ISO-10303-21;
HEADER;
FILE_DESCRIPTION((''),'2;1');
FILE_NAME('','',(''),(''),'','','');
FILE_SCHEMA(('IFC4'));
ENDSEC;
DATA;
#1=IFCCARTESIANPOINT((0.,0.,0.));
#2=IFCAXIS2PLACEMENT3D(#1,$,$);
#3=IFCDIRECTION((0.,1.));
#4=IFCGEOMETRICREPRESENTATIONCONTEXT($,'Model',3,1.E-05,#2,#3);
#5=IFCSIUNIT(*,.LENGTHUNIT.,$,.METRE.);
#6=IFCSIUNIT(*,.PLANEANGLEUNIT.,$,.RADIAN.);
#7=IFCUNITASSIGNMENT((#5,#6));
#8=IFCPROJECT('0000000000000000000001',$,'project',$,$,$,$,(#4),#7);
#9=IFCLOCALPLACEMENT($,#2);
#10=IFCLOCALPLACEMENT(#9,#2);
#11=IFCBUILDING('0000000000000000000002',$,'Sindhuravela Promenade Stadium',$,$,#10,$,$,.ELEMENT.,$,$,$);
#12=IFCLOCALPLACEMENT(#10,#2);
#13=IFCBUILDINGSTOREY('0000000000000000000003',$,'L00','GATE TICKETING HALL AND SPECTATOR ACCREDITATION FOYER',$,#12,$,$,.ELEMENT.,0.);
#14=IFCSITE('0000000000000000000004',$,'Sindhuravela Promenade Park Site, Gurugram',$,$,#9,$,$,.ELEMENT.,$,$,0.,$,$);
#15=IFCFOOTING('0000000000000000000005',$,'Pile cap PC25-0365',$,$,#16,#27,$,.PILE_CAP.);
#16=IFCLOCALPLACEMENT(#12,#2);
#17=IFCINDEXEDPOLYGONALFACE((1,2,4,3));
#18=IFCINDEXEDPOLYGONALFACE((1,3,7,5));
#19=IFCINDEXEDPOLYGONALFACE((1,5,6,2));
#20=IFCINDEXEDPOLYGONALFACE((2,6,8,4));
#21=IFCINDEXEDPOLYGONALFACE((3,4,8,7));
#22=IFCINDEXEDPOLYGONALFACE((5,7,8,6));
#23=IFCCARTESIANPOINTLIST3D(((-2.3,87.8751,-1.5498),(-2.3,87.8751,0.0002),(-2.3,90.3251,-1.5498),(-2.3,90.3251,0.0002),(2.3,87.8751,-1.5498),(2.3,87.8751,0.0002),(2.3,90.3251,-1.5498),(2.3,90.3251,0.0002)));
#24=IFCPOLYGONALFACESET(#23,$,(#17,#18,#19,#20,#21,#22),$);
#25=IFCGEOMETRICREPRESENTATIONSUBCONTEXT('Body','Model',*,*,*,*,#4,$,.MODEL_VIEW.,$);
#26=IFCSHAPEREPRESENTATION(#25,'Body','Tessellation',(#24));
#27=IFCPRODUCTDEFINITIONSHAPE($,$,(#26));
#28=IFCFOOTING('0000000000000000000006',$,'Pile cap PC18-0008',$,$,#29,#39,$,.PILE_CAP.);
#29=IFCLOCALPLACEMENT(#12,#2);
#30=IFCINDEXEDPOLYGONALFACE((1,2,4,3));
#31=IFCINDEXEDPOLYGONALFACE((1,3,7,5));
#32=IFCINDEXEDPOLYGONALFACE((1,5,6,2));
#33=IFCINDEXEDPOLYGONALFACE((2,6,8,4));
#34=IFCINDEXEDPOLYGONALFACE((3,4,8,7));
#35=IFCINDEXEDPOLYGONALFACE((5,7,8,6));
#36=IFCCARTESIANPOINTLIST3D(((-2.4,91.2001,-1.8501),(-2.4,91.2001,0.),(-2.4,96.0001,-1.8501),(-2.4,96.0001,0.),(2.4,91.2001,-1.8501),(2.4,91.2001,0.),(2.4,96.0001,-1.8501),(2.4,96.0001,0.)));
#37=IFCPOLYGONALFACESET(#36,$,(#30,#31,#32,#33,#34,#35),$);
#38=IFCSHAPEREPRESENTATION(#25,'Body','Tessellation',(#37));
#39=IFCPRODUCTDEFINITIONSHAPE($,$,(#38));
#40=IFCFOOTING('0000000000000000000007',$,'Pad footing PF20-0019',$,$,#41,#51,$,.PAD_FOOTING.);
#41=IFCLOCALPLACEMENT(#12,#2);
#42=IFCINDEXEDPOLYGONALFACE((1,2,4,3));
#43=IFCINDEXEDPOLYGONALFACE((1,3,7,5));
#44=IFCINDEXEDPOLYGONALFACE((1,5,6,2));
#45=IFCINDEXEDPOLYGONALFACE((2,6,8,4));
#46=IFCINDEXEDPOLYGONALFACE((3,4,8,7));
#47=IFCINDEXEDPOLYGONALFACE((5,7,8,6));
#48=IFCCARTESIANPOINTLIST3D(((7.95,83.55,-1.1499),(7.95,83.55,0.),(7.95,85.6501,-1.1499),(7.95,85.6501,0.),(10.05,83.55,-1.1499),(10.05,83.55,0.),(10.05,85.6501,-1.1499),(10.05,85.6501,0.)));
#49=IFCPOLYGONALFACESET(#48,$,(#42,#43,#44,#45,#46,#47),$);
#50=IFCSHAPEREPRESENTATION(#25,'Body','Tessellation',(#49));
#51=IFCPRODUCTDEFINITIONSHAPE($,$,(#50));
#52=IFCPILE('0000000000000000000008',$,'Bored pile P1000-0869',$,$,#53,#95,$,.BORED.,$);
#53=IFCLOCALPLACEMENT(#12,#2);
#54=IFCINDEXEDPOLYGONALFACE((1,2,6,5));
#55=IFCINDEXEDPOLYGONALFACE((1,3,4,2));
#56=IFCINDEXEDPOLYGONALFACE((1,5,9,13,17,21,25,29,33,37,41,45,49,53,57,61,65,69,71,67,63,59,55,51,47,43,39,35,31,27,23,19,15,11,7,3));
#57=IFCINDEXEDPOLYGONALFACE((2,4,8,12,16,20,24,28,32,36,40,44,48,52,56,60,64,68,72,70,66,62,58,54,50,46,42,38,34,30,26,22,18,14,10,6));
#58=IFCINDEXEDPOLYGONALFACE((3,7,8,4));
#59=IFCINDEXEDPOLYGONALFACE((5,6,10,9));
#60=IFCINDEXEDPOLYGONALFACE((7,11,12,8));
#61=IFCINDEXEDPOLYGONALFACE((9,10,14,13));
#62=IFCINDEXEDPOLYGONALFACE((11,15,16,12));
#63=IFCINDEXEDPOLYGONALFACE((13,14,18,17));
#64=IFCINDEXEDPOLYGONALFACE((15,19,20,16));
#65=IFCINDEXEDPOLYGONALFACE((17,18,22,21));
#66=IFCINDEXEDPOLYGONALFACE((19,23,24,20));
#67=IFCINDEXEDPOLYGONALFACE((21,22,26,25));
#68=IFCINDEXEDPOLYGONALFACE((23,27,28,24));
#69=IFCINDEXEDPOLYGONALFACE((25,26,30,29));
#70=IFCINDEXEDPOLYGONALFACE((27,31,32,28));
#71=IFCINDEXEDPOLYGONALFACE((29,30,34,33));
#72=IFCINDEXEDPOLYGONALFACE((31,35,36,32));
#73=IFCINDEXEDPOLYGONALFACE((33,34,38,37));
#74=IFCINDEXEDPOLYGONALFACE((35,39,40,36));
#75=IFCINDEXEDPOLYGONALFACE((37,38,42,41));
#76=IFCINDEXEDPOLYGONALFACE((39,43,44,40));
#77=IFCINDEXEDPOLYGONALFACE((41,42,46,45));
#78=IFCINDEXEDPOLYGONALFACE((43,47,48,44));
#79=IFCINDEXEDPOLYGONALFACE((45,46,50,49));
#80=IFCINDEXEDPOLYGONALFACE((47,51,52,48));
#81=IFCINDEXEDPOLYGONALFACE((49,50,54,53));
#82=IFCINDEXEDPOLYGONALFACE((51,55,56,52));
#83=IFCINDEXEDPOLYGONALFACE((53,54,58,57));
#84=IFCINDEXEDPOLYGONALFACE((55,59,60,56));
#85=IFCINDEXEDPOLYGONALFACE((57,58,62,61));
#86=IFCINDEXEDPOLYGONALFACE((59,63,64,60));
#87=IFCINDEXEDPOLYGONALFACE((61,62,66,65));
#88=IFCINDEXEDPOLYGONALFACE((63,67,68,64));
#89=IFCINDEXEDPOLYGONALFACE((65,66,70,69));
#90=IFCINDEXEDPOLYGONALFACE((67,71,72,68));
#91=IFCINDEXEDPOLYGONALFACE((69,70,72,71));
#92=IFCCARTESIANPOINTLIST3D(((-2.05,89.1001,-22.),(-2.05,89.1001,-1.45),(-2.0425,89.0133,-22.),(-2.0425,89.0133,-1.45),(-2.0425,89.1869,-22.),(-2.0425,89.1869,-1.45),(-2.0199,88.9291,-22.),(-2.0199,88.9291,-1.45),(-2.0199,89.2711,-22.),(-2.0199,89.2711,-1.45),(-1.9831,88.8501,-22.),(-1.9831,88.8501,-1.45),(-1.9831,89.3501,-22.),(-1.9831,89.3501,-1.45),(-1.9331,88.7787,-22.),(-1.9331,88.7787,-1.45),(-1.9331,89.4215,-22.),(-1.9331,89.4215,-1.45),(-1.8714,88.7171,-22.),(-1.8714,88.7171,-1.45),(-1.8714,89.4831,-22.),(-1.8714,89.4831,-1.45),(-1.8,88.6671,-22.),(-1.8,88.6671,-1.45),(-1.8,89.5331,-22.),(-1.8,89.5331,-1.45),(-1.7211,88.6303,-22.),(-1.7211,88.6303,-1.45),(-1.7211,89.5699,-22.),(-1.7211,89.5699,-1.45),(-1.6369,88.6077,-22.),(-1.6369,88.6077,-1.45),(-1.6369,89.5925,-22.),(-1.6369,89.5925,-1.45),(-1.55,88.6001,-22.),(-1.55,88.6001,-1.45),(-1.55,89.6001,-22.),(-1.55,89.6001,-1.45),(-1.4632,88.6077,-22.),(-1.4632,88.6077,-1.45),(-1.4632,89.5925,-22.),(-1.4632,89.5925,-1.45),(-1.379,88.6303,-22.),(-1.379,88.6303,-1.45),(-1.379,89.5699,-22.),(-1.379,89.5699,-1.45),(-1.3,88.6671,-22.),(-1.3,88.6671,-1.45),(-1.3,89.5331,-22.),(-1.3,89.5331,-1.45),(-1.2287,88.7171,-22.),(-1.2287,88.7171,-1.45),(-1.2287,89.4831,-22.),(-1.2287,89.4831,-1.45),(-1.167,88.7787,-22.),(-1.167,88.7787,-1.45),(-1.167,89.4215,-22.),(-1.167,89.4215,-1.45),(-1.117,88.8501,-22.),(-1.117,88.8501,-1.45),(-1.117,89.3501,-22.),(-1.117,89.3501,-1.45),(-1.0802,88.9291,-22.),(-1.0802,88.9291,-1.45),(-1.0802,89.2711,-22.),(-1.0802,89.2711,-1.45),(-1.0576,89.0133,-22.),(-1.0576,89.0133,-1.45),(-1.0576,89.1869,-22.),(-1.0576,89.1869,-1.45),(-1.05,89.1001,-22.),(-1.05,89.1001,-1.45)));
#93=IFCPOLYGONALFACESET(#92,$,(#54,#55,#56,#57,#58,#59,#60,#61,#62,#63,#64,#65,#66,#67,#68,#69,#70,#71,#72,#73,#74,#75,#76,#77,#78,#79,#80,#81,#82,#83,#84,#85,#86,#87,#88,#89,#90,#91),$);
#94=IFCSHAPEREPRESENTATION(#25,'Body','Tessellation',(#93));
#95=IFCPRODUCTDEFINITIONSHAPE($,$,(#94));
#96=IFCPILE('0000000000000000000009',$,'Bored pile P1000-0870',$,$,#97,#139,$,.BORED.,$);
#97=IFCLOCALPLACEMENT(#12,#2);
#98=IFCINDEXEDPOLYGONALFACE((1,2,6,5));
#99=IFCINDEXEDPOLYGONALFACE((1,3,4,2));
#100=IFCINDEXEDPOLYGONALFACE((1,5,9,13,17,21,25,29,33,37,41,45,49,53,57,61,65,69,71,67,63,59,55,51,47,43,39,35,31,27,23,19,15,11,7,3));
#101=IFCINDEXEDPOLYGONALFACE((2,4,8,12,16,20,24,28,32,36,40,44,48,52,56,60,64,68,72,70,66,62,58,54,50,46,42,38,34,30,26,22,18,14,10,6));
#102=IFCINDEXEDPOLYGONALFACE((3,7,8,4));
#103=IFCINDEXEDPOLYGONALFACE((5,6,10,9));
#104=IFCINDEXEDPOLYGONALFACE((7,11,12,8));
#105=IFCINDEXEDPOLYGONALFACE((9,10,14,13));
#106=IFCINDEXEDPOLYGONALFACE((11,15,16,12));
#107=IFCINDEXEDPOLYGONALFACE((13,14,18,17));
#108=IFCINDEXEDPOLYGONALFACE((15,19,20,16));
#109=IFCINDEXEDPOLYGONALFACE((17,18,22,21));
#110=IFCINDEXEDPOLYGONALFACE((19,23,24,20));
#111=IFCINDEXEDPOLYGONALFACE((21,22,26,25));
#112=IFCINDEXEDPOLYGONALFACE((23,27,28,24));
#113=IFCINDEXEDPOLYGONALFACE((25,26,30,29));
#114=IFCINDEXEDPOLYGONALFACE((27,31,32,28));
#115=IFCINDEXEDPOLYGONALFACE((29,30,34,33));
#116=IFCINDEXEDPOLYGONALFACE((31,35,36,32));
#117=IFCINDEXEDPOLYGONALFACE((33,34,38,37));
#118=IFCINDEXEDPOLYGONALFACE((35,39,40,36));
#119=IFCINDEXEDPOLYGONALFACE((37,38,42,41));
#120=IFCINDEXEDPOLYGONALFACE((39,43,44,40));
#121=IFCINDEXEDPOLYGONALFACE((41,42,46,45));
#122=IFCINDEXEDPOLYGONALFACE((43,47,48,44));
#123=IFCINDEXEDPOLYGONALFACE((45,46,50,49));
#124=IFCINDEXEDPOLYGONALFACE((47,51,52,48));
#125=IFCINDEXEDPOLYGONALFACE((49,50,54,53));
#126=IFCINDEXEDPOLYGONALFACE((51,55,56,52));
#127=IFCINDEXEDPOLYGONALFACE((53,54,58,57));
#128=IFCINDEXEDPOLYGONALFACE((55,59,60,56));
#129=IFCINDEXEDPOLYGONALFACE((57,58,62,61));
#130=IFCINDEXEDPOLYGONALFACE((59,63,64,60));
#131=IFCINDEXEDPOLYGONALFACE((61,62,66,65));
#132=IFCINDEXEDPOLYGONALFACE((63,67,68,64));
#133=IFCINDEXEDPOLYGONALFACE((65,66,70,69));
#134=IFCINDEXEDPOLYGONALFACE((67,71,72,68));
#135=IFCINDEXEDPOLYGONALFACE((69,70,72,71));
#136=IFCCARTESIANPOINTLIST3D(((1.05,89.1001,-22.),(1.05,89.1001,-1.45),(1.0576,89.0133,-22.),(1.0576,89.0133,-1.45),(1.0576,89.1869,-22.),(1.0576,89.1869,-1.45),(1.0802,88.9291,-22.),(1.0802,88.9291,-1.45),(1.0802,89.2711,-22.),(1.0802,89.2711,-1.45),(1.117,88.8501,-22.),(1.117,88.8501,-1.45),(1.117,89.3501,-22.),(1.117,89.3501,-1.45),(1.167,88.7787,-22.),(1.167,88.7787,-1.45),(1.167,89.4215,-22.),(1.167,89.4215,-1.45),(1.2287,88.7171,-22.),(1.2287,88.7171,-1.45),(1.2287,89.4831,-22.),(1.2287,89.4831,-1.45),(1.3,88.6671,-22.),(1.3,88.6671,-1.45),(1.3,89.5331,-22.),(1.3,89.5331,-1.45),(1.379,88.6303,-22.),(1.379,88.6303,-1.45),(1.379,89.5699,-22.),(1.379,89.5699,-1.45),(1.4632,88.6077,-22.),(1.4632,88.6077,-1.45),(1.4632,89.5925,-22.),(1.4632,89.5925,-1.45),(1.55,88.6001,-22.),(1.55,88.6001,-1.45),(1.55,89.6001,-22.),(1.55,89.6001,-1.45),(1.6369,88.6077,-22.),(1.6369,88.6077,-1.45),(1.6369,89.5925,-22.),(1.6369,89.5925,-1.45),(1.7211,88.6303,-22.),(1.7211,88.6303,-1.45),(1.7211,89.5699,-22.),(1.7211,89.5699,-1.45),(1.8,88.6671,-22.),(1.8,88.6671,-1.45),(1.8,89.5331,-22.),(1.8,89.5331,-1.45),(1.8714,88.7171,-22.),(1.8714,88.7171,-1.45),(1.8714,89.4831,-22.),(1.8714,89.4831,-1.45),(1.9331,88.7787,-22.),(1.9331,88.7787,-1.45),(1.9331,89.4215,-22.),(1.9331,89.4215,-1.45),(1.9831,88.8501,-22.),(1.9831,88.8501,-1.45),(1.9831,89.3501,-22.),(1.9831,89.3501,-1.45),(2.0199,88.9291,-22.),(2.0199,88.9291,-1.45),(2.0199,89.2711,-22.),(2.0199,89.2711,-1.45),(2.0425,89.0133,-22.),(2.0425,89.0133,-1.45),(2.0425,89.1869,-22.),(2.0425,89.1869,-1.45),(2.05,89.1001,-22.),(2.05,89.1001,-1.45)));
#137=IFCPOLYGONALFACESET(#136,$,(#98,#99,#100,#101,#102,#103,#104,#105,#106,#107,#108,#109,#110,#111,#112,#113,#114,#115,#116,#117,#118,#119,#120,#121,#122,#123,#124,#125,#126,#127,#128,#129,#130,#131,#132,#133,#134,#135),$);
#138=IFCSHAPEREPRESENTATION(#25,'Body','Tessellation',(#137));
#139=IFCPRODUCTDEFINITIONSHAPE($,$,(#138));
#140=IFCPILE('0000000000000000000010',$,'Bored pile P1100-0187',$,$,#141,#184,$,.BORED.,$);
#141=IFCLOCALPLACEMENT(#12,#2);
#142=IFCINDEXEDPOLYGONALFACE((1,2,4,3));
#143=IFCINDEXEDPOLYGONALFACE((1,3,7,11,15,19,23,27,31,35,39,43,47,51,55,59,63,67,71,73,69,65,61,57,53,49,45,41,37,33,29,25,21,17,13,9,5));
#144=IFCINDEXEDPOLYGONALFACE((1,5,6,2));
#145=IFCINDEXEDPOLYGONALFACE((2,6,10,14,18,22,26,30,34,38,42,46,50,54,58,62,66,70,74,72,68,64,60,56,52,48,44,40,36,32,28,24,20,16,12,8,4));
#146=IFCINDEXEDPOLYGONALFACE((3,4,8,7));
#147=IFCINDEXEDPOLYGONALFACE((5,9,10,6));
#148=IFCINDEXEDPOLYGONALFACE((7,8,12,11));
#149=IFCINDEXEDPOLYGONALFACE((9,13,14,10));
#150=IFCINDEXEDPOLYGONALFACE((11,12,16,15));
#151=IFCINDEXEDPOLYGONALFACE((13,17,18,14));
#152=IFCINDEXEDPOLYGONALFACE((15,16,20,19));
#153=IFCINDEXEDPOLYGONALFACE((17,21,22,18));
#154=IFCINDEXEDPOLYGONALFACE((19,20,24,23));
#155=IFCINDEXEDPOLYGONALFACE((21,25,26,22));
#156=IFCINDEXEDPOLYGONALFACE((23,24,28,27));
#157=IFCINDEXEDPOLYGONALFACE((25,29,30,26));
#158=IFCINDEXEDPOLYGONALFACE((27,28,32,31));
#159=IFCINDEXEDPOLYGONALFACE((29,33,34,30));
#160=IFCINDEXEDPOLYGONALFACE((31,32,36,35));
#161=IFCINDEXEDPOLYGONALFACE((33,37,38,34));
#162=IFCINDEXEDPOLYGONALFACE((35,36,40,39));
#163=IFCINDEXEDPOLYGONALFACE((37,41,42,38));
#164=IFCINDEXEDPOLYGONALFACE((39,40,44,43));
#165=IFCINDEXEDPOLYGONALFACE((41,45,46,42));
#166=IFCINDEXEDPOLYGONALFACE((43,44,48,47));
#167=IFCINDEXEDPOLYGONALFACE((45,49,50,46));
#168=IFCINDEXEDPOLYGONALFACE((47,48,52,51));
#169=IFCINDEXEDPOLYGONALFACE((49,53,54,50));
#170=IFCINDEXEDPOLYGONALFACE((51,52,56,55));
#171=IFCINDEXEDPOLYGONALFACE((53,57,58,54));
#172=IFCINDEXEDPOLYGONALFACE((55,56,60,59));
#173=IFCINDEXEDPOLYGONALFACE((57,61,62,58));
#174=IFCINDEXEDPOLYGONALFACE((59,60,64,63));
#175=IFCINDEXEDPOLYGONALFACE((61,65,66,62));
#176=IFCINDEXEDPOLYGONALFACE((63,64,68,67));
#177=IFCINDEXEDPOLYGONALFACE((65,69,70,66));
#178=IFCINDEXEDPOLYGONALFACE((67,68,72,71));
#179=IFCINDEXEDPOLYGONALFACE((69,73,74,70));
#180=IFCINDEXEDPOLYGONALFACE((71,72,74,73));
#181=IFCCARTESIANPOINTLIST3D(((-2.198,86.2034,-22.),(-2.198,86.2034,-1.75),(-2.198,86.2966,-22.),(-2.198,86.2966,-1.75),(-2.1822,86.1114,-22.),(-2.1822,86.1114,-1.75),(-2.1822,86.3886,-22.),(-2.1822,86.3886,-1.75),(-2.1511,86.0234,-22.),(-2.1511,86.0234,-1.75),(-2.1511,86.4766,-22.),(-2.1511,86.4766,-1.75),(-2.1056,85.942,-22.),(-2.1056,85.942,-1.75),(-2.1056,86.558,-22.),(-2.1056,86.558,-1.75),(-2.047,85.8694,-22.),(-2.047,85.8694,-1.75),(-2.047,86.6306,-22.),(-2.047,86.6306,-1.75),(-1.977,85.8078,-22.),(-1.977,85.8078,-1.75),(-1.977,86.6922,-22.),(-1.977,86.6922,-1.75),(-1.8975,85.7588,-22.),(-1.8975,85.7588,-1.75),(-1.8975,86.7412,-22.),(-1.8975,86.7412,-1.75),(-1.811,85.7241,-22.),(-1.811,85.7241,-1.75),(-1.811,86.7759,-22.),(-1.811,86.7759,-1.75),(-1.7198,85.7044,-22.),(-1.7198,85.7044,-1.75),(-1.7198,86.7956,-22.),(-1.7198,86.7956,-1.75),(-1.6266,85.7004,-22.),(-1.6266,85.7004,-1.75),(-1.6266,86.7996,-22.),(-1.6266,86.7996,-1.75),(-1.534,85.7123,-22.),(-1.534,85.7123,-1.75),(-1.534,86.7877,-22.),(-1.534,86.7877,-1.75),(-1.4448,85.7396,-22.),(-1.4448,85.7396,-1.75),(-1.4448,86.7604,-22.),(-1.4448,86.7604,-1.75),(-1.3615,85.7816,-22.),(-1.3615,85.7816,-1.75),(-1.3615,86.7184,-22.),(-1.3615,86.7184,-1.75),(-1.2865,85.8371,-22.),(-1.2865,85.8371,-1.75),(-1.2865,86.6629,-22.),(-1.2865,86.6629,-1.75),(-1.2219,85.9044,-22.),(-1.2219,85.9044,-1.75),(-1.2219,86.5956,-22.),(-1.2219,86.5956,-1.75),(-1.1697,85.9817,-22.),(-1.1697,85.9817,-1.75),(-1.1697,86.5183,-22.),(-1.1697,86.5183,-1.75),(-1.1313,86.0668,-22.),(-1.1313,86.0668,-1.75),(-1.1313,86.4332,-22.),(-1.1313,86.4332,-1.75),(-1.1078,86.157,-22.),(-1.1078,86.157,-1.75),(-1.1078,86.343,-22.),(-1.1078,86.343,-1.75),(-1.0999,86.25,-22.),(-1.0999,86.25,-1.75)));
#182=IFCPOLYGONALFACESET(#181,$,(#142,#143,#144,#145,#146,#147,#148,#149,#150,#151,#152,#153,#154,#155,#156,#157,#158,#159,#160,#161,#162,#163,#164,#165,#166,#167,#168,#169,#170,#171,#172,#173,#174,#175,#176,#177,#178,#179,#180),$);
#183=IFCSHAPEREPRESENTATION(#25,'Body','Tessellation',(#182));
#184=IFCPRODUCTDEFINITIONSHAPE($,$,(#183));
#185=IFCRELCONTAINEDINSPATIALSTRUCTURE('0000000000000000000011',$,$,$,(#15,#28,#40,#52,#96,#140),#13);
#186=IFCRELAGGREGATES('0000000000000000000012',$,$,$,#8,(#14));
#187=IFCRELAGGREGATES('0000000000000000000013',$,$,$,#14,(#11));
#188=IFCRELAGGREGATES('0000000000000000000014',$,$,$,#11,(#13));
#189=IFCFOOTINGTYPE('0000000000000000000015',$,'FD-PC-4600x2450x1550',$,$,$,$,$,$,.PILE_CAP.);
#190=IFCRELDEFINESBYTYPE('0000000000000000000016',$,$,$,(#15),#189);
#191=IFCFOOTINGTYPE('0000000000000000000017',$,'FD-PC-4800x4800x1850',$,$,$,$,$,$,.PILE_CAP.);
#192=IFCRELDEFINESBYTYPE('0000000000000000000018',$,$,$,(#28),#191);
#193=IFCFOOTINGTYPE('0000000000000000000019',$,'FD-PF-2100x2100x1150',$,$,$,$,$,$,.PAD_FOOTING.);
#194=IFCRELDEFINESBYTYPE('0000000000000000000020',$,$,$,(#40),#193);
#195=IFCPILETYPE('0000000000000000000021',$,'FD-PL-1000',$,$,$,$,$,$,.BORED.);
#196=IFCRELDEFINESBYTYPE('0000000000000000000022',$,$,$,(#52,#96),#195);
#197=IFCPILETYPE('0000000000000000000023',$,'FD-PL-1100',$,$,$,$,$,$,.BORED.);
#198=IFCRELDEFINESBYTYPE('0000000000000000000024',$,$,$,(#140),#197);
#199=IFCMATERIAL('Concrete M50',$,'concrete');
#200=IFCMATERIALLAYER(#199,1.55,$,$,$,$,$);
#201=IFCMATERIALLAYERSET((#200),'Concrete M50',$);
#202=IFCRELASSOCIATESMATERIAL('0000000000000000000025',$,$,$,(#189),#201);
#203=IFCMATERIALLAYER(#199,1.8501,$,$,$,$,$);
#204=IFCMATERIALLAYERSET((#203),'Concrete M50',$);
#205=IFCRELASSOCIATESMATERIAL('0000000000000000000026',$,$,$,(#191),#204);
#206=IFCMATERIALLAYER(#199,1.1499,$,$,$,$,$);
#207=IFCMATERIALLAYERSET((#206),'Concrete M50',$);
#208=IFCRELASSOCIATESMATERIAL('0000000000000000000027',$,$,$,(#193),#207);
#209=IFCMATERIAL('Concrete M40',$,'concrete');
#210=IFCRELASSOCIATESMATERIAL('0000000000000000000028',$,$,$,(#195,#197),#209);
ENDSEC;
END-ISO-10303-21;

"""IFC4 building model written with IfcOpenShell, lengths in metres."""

from ifc_helpers import new_model, si_unit, direction, frame, origin, origin_2d, place, context, subcontext, project, spatial, rectangle, circle, extrude, material, layer, layer_set, material_profile, profile_set, type_object, element, save


model = new_model("IFC4")

# Units and contexts
model_context = context("Model", 3, precision=1e-05, world=origin(), true_north=direction((0.0, 1.0)))
body_context = subcontext(model_context, "Body", "Model", "MODEL_VIEW")
ifc_project = project(units=[si_unit("LENGTHUNIT", "METRE"), si_unit("PLANEANGLEUNIT", "RADIAN")], contexts=[model_context])

# Site, building, storey
site_placement = place(None, origin())
site = spatial("IfcSite", under=ifc_project, at=site_placement, Name="Sindhuravela Promenade Park Site, Gurugram", CompositionType="ELEMENT", RefElevation=0.0)
building_placement = place(site_placement, origin())
building = spatial("IfcBuilding", under=site, at=building_placement, Name="Sindhuravela Promenade Stadium", CompositionType="ELEMENT")
storey_placement = place(building_placement, origin())
storey = spatial("IfcBuildingStorey", under=building, at=storey_placement, Name="L00", Description="GATE TICKETING HALL AND SPECTATOR ACCREDITATION FOYER", CompositionType="ELEMENT", Elevation=0.0)

# Footings
ifc_material_1 = material(Name="Concrete M50", Category="concrete")
ifc_layer_1 = layer(ifc_material_1, 1.55)
ifc_layer_set_1 = layer_set([ifc_layer_1], Name="Concrete M50")
footing_type_1 = type_object("IfcFootingType", Name="FD-PC-4600x2450x1550", PredefinedType="PILE_CAP", material=ifc_layer_set_1)
footing_1_placement = place(storey_placement, frame((0.0, 89.1001, -1.5498), z_axis=(0.0, 0.0, 1.0), x_axis=(1.0, 0.0, 0.0)))
element("IfcFooting", 1, at=footing_1_placement, inside=storey, type_object=footing_type_1, Name="Pile cap PC25-0365", PredefinedType="PILE_CAP", context=body_context, shape_type="SweptSolid", body=[
    extrude(rectangle(XDim=4.6001, YDim=2.45, at=origin_2d()), origin(), (0.0, 0.0, 1.0), 1.55),
])
ifc_layer_2 = layer(ifc_material_1, 1.8501)
ifc_layer_set_2 = layer_set([ifc_layer_2], Name="Concrete M50")
footing_type_2 = type_object("IfcFootingType", Name="FD-PC-4800x4800x1850", PredefinedType="PILE_CAP", material=ifc_layer_set_2)
footing_2_placement = place(storey_placement, frame((0.0, 93.6001, -1.8501), z_axis=(0.0, 0.0, 1.0), x_axis=(1.0, 0.0, 0.0)))
element("IfcFooting", 2, at=footing_2_placement, inside=storey, type_object=footing_type_2, Name="Pile cap PC18-0008", PredefinedType="PILE_CAP", context=body_context, shape_type="SweptSolid", body=[
    extrude(rectangle(XDim=4.8, YDim=4.8, at=origin_2d()), origin(), (0.0, 0.0, 1.0), 1.8501),
])
ifc_layer_3 = layer(ifc_material_1, 1.1499)
ifc_layer_set_3 = layer_set([ifc_layer_3], Name="Concrete M50")
footing_type_3 = type_object("IfcFootingType", Name="FD-PF-2100x2100x1150", PredefinedType="PAD_FOOTING", material=ifc_layer_set_3)
footing_3_placement = place(storey_placement, frame((9.0, 84.6001, -1.1499), z_axis=(0.0, 0.0, 1.0), x_axis=(1.0, 0.0, 0.0)))
element("IfcFooting", 3, at=footing_3_placement, inside=storey, type_object=footing_type_3, Name="Pad footing PF20-0019", PredefinedType="PAD_FOOTING", context=body_context, shape_type="SweptSolid", body=[
    extrude(rectangle(XDim=2.1001, YDim=2.1001, at=origin_2d()), origin(), (0.0, 0.0, 1.0), 1.1499),
])

# Piles
ifc_material_2 = material(Name="Concrete M40", Category="concrete")
ifc_material_profile_1 = material_profile(ifc_material_2, circle(Radius=0.5, at=origin_2d()), Name="BORED PILE D1000")
ifc_profile_set_1 = profile_set([ifc_material_profile_1], Name="Concrete M40")
pile_type_1 = type_object("IfcPileType", Name="FD-PL-1000", PredefinedType="BORED", material=ifc_profile_set_1)
for number, where, z_axis, x_axis, name in (
    (4, (-1.55, 89.1001, -1.45), (0.0, 0.0, -1.0), (1.0, 0.0, 0.0), "Bored pile P1000-0869"),
    (5, (1.55, 89.1001, -1.45), (0.0, 0.0, -1.0), (1.0, 0.0, 0.0), "Bored pile P1000-0870"),
):
    element("IfcPile", number, at=place(storey_placement, frame(where, z_axis=z_axis, x_axis=x_axis)), inside=storey, type_object=pile_type_1, Name=name, PredefinedType="BORED", context=body_context, shape_type="SweptSolid", body=[
        extrude(circle(Radius=0.5, at=origin_2d()), origin(), (0.0, 0.0, 1.0), 20.55),
    ])
ifc_material_profile_2 = material_profile(ifc_material_2, circle(Radius=0.55, at=origin_2d()), Name="BORED PILE D1100")
ifc_profile_set_2 = profile_set([ifc_material_profile_2], Name="Concrete M40")
pile_type_2 = type_object("IfcPileType", Name="FD-PL-1100", PredefinedType="BORED", material=ifc_profile_set_2)
for number, where, z_axis, x_axis, name in (
    (6, (-1.6499, 86.25, -1.75), (0.0, 0.0, -1.0), (1.0, 0.0, 0.0), "Bored pile P1100-0187"),
):
    element("IfcPile", number, at=place(storey_placement, frame(where, z_axis=z_axis, x_axis=x_axis)), inside=storey, type_object=pile_type_2, Name=name, PredefinedType="BORED", context=body_context, shape_type="SweptSolid", body=[
        extrude(circle(Radius=0.55, at=origin_2d()), origin(), (0.0, 0.0, 1.0), 20.25),
    ])

save(model, "model.ifc")
